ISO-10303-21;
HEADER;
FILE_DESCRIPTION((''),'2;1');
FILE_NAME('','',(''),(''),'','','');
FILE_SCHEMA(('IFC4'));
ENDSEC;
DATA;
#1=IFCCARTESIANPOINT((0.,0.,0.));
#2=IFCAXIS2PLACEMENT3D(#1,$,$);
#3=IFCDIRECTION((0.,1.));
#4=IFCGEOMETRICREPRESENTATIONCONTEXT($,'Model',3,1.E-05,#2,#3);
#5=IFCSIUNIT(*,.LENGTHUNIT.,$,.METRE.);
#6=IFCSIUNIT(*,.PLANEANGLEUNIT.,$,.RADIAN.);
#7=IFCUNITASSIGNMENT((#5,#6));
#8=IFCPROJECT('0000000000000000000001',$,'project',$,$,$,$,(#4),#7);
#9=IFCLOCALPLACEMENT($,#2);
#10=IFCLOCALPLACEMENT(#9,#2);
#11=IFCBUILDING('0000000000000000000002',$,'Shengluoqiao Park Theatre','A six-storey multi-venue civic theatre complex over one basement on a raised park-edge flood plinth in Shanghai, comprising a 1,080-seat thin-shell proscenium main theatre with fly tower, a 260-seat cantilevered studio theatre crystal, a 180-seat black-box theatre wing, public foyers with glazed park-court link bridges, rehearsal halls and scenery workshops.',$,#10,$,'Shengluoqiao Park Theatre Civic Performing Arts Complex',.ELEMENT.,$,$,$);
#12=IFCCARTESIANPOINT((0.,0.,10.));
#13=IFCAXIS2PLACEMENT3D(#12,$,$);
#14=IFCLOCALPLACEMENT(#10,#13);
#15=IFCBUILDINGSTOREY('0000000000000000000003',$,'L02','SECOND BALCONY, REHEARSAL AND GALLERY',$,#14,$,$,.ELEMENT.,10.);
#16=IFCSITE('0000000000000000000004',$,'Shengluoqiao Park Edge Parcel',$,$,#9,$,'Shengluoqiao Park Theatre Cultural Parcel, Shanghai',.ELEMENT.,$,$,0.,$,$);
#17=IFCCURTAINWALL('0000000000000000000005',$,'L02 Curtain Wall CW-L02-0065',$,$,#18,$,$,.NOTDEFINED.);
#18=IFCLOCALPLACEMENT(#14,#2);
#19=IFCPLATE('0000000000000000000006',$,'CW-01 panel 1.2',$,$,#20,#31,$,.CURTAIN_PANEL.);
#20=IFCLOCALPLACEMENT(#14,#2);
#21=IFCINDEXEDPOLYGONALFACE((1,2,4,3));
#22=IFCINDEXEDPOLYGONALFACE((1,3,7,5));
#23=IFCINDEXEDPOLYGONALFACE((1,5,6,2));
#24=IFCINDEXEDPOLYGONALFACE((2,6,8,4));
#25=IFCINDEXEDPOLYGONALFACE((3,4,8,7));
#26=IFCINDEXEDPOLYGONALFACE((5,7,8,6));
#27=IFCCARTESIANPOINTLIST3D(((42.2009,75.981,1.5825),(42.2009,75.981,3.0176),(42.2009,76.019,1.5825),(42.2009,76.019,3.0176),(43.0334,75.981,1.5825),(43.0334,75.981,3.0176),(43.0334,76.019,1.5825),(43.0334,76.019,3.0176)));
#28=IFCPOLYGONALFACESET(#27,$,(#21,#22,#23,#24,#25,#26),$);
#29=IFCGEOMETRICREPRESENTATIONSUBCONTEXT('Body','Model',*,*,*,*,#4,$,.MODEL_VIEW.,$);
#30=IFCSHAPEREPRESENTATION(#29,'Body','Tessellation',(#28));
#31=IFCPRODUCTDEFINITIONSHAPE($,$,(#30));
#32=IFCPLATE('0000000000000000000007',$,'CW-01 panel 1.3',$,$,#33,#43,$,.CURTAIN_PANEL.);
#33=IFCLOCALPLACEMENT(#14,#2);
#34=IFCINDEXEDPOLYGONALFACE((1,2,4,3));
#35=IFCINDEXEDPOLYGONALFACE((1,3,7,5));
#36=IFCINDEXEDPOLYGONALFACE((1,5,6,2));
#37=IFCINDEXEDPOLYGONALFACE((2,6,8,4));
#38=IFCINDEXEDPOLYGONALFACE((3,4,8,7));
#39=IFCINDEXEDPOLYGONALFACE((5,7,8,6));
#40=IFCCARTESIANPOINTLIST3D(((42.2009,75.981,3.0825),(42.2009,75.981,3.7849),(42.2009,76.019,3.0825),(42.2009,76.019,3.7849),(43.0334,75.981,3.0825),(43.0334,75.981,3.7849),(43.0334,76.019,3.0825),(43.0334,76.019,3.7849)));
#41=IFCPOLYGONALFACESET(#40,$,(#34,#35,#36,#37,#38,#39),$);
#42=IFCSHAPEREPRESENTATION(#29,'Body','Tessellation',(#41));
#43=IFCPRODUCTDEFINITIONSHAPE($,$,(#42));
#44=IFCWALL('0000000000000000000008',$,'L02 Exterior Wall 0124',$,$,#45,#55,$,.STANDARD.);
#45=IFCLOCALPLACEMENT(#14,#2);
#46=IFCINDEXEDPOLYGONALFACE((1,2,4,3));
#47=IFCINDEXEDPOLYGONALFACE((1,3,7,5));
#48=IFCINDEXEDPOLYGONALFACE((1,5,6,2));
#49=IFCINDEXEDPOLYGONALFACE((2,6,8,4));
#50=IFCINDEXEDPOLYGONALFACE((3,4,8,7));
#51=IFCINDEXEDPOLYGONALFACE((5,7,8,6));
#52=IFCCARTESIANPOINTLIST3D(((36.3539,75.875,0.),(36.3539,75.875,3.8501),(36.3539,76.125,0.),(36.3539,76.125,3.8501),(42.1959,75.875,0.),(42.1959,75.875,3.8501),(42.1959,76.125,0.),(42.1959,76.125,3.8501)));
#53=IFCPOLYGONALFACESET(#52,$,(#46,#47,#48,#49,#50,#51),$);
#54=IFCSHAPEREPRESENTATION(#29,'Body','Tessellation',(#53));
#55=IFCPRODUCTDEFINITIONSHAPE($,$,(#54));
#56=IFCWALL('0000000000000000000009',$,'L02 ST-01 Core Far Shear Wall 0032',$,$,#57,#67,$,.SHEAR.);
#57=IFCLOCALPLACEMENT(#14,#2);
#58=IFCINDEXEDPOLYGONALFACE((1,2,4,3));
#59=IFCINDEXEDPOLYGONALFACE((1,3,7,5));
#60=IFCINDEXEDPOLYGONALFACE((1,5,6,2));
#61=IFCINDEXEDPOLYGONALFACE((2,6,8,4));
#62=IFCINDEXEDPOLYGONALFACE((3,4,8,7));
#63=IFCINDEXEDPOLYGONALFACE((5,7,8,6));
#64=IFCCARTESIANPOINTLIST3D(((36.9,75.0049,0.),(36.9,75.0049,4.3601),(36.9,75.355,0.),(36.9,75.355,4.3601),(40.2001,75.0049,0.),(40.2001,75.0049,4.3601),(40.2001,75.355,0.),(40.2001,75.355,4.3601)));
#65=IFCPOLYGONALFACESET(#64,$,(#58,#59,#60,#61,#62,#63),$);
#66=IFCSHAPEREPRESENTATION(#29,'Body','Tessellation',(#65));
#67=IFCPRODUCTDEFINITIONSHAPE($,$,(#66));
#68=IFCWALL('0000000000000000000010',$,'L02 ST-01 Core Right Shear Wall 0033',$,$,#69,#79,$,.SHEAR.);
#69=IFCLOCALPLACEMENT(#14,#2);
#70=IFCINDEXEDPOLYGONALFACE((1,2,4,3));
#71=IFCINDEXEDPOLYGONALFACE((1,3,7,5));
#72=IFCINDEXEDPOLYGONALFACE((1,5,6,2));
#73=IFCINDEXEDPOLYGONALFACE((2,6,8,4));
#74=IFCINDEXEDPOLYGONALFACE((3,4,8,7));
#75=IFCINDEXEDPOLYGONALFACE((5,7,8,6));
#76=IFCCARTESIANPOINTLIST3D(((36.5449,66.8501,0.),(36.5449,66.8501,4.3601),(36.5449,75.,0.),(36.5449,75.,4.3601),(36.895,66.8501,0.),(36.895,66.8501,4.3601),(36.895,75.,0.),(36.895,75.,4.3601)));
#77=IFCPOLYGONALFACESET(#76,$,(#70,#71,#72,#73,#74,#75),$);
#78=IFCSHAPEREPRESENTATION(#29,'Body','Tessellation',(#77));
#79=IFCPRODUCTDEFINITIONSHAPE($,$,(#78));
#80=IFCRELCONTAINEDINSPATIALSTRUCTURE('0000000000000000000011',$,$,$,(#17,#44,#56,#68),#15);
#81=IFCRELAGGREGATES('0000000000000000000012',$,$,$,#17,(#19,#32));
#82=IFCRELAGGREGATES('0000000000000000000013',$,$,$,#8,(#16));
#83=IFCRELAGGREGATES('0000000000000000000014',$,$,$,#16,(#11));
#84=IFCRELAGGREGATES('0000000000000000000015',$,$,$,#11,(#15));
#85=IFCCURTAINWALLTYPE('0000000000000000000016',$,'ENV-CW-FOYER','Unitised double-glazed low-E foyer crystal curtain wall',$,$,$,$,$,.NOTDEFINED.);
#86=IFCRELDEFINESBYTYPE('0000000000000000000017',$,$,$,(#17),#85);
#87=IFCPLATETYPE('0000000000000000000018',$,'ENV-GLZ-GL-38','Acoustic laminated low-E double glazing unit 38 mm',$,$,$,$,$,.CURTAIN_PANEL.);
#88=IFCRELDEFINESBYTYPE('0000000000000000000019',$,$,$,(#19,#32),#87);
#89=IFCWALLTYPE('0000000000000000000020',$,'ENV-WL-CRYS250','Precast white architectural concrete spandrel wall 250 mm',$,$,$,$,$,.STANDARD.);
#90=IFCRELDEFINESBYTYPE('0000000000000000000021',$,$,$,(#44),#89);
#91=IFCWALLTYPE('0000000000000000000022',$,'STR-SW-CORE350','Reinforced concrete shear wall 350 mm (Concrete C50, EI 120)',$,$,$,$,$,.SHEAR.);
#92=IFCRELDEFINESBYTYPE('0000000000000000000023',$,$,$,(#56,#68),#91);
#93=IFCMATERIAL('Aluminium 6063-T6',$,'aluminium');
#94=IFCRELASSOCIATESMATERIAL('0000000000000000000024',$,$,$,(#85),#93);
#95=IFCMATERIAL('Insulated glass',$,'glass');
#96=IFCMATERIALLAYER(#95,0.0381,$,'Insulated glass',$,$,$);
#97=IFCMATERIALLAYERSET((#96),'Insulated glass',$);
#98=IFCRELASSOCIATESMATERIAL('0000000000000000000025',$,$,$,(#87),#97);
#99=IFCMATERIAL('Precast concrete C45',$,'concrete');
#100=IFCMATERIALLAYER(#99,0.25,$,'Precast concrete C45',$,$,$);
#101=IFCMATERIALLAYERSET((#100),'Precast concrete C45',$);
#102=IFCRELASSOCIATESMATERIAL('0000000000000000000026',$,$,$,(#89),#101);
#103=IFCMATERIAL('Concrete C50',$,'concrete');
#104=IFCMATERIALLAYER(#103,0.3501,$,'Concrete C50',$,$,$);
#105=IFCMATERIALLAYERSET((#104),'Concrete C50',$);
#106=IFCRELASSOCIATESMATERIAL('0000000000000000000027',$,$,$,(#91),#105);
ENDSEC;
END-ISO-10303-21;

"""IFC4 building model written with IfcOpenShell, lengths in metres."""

from ifc_helpers import new_model, si_unit, direction, frame, frame_2d, origin, origin_2d, place, context, subcontext, project, spatial, rectangle, extrude, material, layer, layer_set, type_object, element, aggregate, save


model = new_model("IFC4")

# Units and contexts
model_context = context("Model", 3, precision=1e-05, world=origin(), true_north=direction((0.0, 1.0)))
body_context = subcontext(model_context, "Body", "Model", "MODEL_VIEW")
ifc_project = project(units=[si_unit("LENGTHUNIT", "METRE"), si_unit("PLANEANGLEUNIT", "RADIAN")], contexts=[model_context])

# Site, building, storey
site_placement = place(None, origin())
site = spatial("IfcSite", under=ifc_project, at=site_placement, Name="Shengluoqiao Park Edge Parcel", LongName="Shengluoqiao Park Theatre Cultural Parcel, Shanghai", CompositionType="ELEMENT", RefElevation=0.0)
building_placement = place(site_placement, origin())
building = spatial("IfcBuilding", under=site, at=building_placement, Name="Shengluoqiao Park Theatre", Description="A six-storey multi-venue civic theatre complex over one basement on a raised park-edge flood plinth in Shanghai, comprising a 1,080-seat thin-shell proscenium main theatre with fly tower, a 260-seat cantilevered studio theatre crystal, a 180-seat black-box theatre wing, public foyers with glazed park-court link bridges, rehearsal halls and scenery workshops.", LongName="Shengluoqiao Park Theatre Civic Performing Arts Complex", CompositionType="ELEMENT")
storey_placement = place(building_placement, frame((0.0, 0.0, 10.0)))
storey = spatial("IfcBuildingStorey", under=building, at=storey_placement, Name="L02", Description="SECOND BALCONY, REHEARSAL AND GALLERY", CompositionType="ELEMENT", Elevation=10.0)

# Shared definitions
ifc_material_1 = material(Name="Concrete C50", Category="concrete")

# Shared definitions
ifc_material_2 = material(Name="Aluminium 6063-T6", Category="aluminium")
curtain_wall_type = type_object("IfcCurtainWallType", Name="ENV-CW-FOYER", Description="Unitised double-glazed low-E foyer crystal curtain wall", PredefinedType="NOTDEFINED", material=ifc_material_2)

# Curtain wall
curtain_wall_1_placement = place(storey_placement, origin())
curtain_wall_1 = element("IfcCurtainWall", 1, at=curtain_wall_1_placement, inside=storey, type_object=curtain_wall_type, Name="L02 Curtain Wall CW-L02-0065", PredefinedType="NOTDEFINED")

# Plates
ifc_material_3 = material(Name="Precast concrete C45", Category="concrete")
ifc_material_4 = material(Name="Insulated glass", Category="glass")
ifc_layer_1 = layer(ifc_material_4, 0.0381, Name="Insulated glass")
ifc_layer_set_1 = layer_set([ifc_layer_1], Name="Insulated glass")
plate_type_1 = type_object("IfcPlateType", Name="ENV-GLZ-GL-38", Description="Acoustic laminated low-E double glazing unit 38 mm", PredefinedType="CURTAIN_PANEL", material=ifc_layer_set_1)
plate_1_placement = place(storey_placement, frame((42.6172, 76.0, 1.5825), z_axis=(0.0, 0.0, 1.0), x_axis=(1.0, 0.0, 0.0)))
plate_1 = element("IfcPlate", 2, at=plate_1_placement, type_object=plate_type_1, Name="CW-01 panel 1.2", PredefinedType="CURTAIN_PANEL", context=body_context, shape_type="SweptSolid", body=[
    extrude(rectangle(XDim=0.8325, YDim=0.0381, at=origin_2d()), origin(), (0.0, 0.0, 1.0), 1.4351),
])
plate_2_placement = place(storey_placement, frame((42.6172, 76.0, 3.0825), z_axis=(0.0, 0.0, 1.0), x_axis=(1.0, 0.0, 0.0)))
plate_2 = element("IfcPlate", 3, at=plate_2_placement, type_object=plate_type_1, Name="CW-01 panel 1.3", PredefinedType="CURTAIN_PANEL", context=body_context, shape_type="SweptSolid", body=[
    extrude(rectangle(XDim=0.8325, YDim=0.0381, at=origin_2d()), origin(), (0.0, 0.0, 1.0), 0.7024),
])
aggregate(curtain_wall_1, [plate_1, plate_2])

# Walls
ifc_layer_2 = layer(ifc_material_3, 0.25, Name="Precast concrete C45")
ifc_layer_set_2 = layer_set([ifc_layer_2], Name="Precast concrete C45")
wall_type_1 = type_object("IfcWallType", Name="ENV-WL-CRYS250", Description="Precast white architectural concrete spandrel wall 250 mm", PredefinedType="STANDARD", material=ifc_layer_set_2)
wall_1_placement = place(storey_placement, frame((36.354, 76.0, 0.0), z_axis=(0.0, 0.0, 1.0), x_axis=(1.0, 0.0, 0.0)))
element("IfcWall", 4, at=wall_1_placement, inside=storey, type_object=wall_type_1, Name="L02 Exterior Wall 0124", PredefinedType="STANDARD", context=body_context, shape_type="SweptSolid", body=[
    extrude(rectangle(XDim=5.842, YDim=0.25, at=frame_2d((2.9209, 0.0))), origin(), (0.0, 0.0, 1.0), 3.8501),
])
ifc_layer_3 = layer(ifc_material_1, 0.3501, Name="Concrete C50")
ifc_layer_set_3 = layer_set([ifc_layer_3], Name="Concrete C50")
wall_type_2 = type_object("IfcWallType", Name="STR-SW-CORE350", Description="Reinforced concrete shear wall 350 mm (Concrete C50, EI 120)", PredefinedType="SHEAR", material=ifc_layer_set_3)
wall_2_placement = place(storey_placement, frame((40.2, 75.1799, 0.0), z_axis=(0.0, 0.0, 1.0), x_axis=(-1.0, 0.0, 0.0)))
element("IfcWall", 5, at=wall_2_placement, inside=storey, type_object=wall_type_2, Name="L02 ST-01 Core Far Shear Wall 0032", PredefinedType="SHEAR", context=body_context, shape_type="SweptSolid", body=[
    extrude(rectangle(XDim=3.3, YDim=0.3501, at=frame_2d((1.6499, 0.0))), origin(), (0.0, 0.0, 1.0), 4.3601),
])
wall_3_placement = place(storey_placement, frame((36.72, 75.0, 0.0), z_axis=(0.0, 0.0, 1.0), x_axis=(0.0, -1.0, 0.0)))
element("IfcWall", 6, at=wall_3_placement, inside=storey, type_object=wall_type_2, Name="L02 ST-01 Core Right Shear Wall 0033", PredefinedType="SHEAR", context=body_context, shape_type="SweptSolid", body=[
    extrude(rectangle(XDim=8.1499, YDim=0.3501, at=frame_2d((4.075, 0.0))), origin(), (0.0, 0.0, 1.0), 4.3601),
])

save(model, "model.ifc")
